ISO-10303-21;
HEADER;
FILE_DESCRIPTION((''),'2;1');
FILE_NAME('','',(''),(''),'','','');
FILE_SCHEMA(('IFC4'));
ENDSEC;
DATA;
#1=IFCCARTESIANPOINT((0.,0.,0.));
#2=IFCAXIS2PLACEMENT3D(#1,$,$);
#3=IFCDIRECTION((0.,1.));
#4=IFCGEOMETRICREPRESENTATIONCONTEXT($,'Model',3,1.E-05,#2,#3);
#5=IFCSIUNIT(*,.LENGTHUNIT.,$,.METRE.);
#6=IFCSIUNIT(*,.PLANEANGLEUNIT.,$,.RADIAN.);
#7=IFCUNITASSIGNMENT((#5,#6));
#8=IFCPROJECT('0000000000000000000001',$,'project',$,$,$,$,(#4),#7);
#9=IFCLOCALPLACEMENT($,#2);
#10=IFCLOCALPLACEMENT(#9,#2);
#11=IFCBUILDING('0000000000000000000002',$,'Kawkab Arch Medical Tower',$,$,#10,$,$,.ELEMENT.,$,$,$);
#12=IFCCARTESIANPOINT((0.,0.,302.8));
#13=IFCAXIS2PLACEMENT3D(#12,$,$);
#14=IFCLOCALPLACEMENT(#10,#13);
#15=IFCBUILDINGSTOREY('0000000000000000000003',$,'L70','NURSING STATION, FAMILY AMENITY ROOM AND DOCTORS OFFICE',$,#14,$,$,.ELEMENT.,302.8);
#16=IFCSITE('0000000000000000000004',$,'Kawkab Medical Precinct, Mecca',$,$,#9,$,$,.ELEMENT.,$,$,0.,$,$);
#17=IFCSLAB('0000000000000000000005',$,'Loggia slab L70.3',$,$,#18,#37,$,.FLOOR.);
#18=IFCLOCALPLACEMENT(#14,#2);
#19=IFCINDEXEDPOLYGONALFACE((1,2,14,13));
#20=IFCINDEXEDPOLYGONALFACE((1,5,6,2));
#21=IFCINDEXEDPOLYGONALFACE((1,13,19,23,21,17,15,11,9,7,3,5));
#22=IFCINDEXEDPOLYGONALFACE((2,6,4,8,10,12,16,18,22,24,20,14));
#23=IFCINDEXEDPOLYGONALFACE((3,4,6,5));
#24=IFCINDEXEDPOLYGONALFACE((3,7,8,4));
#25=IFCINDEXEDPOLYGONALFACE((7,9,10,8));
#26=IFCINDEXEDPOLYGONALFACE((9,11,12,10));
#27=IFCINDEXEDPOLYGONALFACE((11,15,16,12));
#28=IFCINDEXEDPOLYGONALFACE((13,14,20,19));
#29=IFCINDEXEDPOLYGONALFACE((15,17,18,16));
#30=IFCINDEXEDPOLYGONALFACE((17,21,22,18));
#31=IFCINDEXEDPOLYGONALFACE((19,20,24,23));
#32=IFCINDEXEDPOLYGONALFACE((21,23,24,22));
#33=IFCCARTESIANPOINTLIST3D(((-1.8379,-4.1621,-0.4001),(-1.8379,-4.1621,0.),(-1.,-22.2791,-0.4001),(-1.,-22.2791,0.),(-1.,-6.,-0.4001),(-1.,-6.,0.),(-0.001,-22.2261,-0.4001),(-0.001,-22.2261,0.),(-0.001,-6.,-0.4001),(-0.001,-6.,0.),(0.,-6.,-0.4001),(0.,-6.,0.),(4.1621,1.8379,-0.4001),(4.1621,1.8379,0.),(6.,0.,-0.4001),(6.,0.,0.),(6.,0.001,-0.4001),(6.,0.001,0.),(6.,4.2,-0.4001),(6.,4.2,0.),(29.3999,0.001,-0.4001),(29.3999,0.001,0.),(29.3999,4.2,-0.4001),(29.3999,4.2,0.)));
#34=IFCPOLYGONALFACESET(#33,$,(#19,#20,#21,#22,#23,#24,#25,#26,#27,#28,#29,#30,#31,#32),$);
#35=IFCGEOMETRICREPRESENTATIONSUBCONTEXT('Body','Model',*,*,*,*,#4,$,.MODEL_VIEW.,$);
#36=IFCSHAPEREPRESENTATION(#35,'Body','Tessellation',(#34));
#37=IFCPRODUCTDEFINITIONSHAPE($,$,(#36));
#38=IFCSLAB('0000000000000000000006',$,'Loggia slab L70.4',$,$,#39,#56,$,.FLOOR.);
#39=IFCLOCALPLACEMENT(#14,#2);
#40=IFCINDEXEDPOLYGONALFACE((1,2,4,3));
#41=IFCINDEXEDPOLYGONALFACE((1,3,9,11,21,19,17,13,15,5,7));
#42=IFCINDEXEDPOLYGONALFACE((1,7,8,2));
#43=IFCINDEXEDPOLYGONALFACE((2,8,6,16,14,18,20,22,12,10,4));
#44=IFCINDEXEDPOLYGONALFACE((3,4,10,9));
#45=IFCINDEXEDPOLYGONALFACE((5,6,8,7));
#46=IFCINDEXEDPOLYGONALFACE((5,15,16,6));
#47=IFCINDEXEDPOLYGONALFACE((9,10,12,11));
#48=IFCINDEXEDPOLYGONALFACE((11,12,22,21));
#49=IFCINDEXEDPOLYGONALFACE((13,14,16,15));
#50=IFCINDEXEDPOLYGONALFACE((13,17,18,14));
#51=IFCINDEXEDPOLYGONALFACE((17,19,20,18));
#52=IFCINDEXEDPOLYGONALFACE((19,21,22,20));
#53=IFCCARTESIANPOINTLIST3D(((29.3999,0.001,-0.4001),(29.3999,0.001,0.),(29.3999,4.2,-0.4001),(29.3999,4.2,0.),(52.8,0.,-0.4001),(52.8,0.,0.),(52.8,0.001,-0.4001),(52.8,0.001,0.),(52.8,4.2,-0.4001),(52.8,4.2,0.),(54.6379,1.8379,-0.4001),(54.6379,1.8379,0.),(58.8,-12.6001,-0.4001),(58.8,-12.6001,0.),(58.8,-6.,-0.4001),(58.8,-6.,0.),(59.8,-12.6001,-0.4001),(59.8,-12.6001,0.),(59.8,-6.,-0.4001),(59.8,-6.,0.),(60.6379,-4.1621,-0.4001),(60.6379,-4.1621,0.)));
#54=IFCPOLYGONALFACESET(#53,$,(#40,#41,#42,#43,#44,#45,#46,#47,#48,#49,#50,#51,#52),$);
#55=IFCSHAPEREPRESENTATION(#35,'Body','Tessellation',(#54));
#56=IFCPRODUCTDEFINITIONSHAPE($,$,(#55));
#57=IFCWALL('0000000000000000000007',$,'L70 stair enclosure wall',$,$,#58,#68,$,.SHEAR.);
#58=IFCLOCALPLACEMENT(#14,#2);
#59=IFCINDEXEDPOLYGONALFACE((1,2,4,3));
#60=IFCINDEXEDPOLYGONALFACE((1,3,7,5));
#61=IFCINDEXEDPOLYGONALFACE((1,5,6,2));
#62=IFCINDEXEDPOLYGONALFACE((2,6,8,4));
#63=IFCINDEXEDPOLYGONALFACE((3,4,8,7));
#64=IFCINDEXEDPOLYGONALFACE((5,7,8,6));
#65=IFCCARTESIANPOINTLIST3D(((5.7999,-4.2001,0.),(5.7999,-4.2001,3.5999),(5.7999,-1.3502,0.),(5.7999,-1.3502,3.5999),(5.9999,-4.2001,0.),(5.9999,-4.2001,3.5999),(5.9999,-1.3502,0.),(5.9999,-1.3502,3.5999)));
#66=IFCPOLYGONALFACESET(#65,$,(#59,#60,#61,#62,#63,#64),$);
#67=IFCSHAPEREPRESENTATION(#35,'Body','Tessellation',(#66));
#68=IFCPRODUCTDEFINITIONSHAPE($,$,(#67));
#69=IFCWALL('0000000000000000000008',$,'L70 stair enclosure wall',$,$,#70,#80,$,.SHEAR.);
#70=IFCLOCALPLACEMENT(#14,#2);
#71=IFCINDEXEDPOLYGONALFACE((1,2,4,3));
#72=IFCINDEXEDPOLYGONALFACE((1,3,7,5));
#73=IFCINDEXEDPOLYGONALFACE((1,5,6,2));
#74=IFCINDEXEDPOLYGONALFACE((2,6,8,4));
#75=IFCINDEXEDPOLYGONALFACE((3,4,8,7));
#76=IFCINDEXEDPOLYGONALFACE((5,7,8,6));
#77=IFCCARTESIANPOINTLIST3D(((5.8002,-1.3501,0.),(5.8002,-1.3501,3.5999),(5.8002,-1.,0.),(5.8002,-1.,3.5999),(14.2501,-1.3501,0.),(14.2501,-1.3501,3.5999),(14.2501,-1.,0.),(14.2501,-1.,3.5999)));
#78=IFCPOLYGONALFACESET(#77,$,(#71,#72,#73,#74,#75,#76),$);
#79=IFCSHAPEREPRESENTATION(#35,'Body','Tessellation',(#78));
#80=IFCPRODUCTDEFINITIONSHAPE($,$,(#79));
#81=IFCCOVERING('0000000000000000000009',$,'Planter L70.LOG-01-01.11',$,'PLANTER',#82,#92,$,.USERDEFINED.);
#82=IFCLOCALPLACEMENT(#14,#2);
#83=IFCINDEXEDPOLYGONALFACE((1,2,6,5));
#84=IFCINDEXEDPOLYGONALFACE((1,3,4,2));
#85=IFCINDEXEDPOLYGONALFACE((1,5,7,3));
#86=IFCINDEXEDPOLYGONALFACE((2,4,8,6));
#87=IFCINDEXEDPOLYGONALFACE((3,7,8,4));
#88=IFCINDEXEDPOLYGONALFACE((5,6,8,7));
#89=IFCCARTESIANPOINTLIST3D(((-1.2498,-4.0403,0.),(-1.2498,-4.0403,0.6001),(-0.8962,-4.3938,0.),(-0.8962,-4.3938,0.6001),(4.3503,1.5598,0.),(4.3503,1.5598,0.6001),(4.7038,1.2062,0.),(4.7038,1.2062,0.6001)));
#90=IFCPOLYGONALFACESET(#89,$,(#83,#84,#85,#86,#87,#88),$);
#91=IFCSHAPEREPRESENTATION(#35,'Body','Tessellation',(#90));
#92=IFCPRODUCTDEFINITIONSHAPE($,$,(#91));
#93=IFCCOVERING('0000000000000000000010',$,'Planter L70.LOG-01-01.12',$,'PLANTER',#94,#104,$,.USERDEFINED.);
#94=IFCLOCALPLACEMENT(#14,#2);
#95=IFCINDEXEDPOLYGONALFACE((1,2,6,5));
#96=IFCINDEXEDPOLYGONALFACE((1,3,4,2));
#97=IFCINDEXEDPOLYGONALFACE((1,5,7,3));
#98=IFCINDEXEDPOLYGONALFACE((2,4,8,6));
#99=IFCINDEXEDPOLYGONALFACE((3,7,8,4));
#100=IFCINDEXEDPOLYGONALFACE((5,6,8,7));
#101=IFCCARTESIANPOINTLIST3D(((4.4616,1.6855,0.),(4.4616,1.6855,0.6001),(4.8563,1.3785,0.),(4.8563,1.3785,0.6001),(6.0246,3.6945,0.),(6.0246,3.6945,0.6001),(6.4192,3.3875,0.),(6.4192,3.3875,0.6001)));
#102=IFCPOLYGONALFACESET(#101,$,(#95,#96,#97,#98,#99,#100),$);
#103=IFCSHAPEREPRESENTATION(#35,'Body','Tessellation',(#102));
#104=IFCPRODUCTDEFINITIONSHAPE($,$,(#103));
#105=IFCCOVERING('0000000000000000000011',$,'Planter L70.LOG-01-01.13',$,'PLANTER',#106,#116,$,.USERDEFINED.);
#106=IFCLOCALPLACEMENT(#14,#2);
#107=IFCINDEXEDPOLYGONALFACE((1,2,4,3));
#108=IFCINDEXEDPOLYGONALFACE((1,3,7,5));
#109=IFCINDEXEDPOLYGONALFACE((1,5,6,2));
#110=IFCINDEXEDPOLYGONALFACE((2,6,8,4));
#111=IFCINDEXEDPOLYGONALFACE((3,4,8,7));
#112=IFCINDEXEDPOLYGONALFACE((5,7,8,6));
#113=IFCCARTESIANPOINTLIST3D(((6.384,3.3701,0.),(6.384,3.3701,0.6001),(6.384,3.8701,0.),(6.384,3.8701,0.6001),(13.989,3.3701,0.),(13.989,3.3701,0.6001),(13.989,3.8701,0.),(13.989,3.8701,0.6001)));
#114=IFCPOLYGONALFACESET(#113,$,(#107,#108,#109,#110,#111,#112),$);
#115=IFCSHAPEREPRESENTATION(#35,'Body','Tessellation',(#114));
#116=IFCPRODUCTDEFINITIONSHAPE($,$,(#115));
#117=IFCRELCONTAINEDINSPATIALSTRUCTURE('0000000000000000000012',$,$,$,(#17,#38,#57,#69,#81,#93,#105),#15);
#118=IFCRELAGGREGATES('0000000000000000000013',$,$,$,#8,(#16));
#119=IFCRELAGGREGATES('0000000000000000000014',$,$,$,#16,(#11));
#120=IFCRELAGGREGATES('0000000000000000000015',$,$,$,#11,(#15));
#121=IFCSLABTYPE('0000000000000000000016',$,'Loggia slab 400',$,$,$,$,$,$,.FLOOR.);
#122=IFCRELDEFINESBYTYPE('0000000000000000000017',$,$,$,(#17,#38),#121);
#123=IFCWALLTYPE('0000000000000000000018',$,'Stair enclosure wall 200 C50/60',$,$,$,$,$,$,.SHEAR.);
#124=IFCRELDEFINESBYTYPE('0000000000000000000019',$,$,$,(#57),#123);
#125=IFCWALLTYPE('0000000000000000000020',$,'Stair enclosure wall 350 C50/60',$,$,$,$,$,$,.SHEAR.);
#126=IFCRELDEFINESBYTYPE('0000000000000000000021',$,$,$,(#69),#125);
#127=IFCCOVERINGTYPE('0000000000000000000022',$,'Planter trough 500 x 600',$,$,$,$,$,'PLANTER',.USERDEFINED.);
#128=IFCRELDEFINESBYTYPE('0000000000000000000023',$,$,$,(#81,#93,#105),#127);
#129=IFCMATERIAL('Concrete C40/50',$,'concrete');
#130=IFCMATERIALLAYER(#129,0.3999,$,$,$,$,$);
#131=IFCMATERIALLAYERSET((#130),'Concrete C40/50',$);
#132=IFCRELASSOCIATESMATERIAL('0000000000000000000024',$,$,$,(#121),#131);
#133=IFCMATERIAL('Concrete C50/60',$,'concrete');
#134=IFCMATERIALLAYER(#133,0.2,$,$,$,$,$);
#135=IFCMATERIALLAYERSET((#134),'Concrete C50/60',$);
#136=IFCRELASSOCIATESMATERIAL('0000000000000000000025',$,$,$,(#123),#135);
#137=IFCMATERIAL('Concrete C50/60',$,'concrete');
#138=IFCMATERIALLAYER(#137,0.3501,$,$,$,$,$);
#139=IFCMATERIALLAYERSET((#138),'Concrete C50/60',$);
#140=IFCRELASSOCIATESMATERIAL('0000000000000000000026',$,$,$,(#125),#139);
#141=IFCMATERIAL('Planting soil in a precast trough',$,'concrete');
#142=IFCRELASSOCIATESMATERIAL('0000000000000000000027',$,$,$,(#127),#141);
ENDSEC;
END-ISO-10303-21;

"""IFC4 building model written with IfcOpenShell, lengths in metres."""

from ifc_helpers import new_model, si_unit, direction, frame, frame_2d, origin, origin_2d, place, context, subcontext, project, spatial, polyline, rectangle, outline, extrude, material, layer, layer_set, material_profile, profile_set, type_object, element, save


model = new_model("IFC4")

# Units and contexts
model_context = context("Model", 3, precision=1e-05, world=origin(), true_north=direction((0.0, 1.0)))
body_context = subcontext(model_context, "Body", "Model", "MODEL_VIEW")
ifc_project = project(units=[si_unit("LENGTHUNIT", "METRE"), si_unit("PLANEANGLEUNIT", "RADIAN")], contexts=[model_context])

# Site, building, storey
site_placement = place(None, origin())
site = spatial("IfcSite", under=ifc_project, at=site_placement, Name="Kawkab Medical Precinct, Mecca", CompositionType="ELEMENT", RefElevation=0.0)
building_placement = place(site_placement, origin())
building = spatial("IfcBuilding", under=site, at=building_placement, Name="Kawkab Arch Medical Tower", CompositionType="ELEMENT")
storey_placement = place(building_placement, frame((0.0, 0.0, 302.8)))
storey = spatial("IfcBuildingStorey", under=building, at=storey_placement, Name="L70", Description="NURSING STATION, FAMILY AMENITY ROOM AND DOCTORS OFFICE", CompositionType="ELEMENT", Elevation=302.8)

# Slabs
ifc_material_1 = material(Name="Concrete C40/50", Category="concrete")
ifc_layer_1 = layer(ifc_material_1, 0.3999)
ifc_layer_set_1 = layer_set([ifc_layer_1], Name="Concrete C40/50")
slab_type_1 = type_object("IfcSlabType", Name="Loggia slab 400", PredefinedType="FLOOR", material=ifc_layer_set_1)
placement_1 = place(storey_placement, frame((0.0, 0.0, -0.4001)))
element("IfcSlab", 1, at=placement_1, inside=storey, type_object=slab_type_1, Name="Loggia slab L70.3", PredefinedType="FLOOR", context=body_context, shape_type="SweptSolid", body=[
    extrude(outline(polyline([(-1.8379, -4.1621), (4.1621, 1.8379), (6.0, 4.2), (29.3999, 4.2), (29.3999, 0.001), (6.0, 0.001), (6.0, 0.0), (0.0, -6.0), (-0.001, -6.0), (-0.001, -22.2261), (-1.0, -22.2791), (-1.0, -6.0), (-1.8379, -4.1621)])), origin(), (0.0, 0.0, 1.0), 0.4001),
])
element("IfcSlab", 2, at=placement_1, inside=storey, type_object=slab_type_1, Name="Loggia slab L70.4", PredefinedType="FLOOR", context=body_context, shape_type="SweptSolid", body=[
    extrude(outline(polyline([(54.6379, 1.8379), (60.6379, -4.1621), (59.8, -6.0), (59.8, -12.6001), (58.8, -12.6001), (58.8, -6.0), (52.8, 0.0), (52.8, 0.001), (29.3999, 0.001), (29.3999, 4.2), (52.8, 4.2), (54.6379, 1.8379)])), origin(), (0.0, 0.0, 1.0), 0.4001),
])

# Walls
ifc_material_2 = material(Name="Concrete C50/60", Category="concrete")
ifc_layer_2 = layer(ifc_material_2, 0.2)
ifc_layer_set_2 = layer_set([ifc_layer_2], Name="Concrete C50/60")
wall_type_1 = type_object("IfcWallType", Name="Stair enclosure wall 200 C50/60", PredefinedType="SHEAR", material=ifc_layer_set_2)
wall_1_placement = place(storey_placement, frame((5.8999, -4.2, 0.0), z_axis=(0.0, 0.0, 1.0), x_axis=(0.0, 1.0, 0.0)))
element("IfcWall", 3, at=wall_1_placement, inside=storey, type_object=wall_type_1, Name="L70 stair enclosure wall", PredefinedType="SHEAR", context=body_context, shape_type="SweptSolid", body=[
    extrude(rectangle(XDim=2.8499, YDim=0.2, at=frame_2d((1.4248, 0.0))), origin(), (0.0, 0.0, 1.0), 3.5999),
])
ifc_material_3 = material(Name="Concrete C50/60", Category="concrete")
ifc_layer_3 = layer(ifc_material_3, 0.3501)
ifc_layer_set_3 = layer_set([ifc_layer_3], Name="Concrete C50/60")
wall_type_2 = type_object("IfcWallType", Name="Stair enclosure wall 350 C50/60", PredefinedType="SHEAR", material=ifc_layer_set_3)
wall_2_placement = place(storey_placement, frame((5.8, -1.175, 0.0), z_axis=(0.0, 0.0, 1.0), x_axis=(1.0, 0.0, 0.0)))
element("IfcWall", 4, at=wall_2_placement, inside=storey, type_object=wall_type_2, Name="L70 stair enclosure wall", PredefinedType="SHEAR", context=body_context, shape_type="SweptSolid", body=[
    extrude(rectangle(XDim=8.45, YDim=0.3501, at=frame_2d((4.2251, 0.0))), origin(), (0.0, 0.0, 1.0), 3.5999),
])

# Coverings
ifc_material_4 = material(Name="Planting soil in a precast trough", Category="concrete")
ifc_material_profile_1 = material_profile(ifc_material_4, rectangle(XDim=0.5, YDim=0.6001, at=origin_2d()), Name="Trough 500x600")
ifc_profile_set_1 = profile_set([ifc_material_profile_1], Name="Planting soil in a precast trough")
covering_type = type_object("IfcCoveringType", Name="Planter trough 500 x 600", ElementType="PLANTER", PredefinedType="USERDEFINED", material=ifc_profile_set_1)
covering_1_placement = place(storey_placement, frame((-1.073, -4.217, 0.3), z_axis=(0.707107, 0.707107, 0.0), x_axis=(-0.707107, 0.707107, 0.0)))
element("IfcCovering", 5, at=covering_1_placement, inside=storey, type_object=covering_type, Name="Planter L70.LOG-01-01.11", ObjectType="PLANTER", PredefinedType="USERDEFINED", context=body_context, shape_type="SweptSolid", body=[
    extrude(rectangle(XDim=0.5, YDim=0.6001, at=origin_2d()), origin(), (0.0, 0.0, 1.0), 7.9197),
])
covering_2_placement = place(storey_placement, frame((4.6589, 1.532, 0.3), z_axis=(0.61404, 0.789275, 0.0), x_axis=(-0.789275, 0.61404, 0.0)))
element("IfcCovering", 6, at=covering_2_placement, inside=storey, type_object=covering_type, Name="Planter L70.LOG-01-01.12", ObjectType="PLANTER", PredefinedType="USERDEFINED", context=body_context, shape_type="SweptSolid", body=[
    extrude(rectangle(XDim=0.5, YDim=0.6001, at=origin_2d()), origin(), (0.0, 0.0, 1.0), 2.5454),
])
covering_3_placement = place(storey_placement, frame((6.384, 3.6201, 0.3), z_axis=(1.0, 0.0, 0.0), x_axis=(0.0, 1.0, 0.0)))
element("IfcCovering", 7, at=covering_3_placement, inside=storey, type_object=covering_type, Name="Planter L70.LOG-01-01.13", ObjectType="PLANTER", PredefinedType="USERDEFINED", context=body_context, shape_type="SweptSolid", body=[
    extrude(rectangle(XDim=0.5, YDim=0.6001, at=origin_2d()), origin(), (0.0, 0.0, 1.0), 7.605),
])

save(model, "model.ifc")
